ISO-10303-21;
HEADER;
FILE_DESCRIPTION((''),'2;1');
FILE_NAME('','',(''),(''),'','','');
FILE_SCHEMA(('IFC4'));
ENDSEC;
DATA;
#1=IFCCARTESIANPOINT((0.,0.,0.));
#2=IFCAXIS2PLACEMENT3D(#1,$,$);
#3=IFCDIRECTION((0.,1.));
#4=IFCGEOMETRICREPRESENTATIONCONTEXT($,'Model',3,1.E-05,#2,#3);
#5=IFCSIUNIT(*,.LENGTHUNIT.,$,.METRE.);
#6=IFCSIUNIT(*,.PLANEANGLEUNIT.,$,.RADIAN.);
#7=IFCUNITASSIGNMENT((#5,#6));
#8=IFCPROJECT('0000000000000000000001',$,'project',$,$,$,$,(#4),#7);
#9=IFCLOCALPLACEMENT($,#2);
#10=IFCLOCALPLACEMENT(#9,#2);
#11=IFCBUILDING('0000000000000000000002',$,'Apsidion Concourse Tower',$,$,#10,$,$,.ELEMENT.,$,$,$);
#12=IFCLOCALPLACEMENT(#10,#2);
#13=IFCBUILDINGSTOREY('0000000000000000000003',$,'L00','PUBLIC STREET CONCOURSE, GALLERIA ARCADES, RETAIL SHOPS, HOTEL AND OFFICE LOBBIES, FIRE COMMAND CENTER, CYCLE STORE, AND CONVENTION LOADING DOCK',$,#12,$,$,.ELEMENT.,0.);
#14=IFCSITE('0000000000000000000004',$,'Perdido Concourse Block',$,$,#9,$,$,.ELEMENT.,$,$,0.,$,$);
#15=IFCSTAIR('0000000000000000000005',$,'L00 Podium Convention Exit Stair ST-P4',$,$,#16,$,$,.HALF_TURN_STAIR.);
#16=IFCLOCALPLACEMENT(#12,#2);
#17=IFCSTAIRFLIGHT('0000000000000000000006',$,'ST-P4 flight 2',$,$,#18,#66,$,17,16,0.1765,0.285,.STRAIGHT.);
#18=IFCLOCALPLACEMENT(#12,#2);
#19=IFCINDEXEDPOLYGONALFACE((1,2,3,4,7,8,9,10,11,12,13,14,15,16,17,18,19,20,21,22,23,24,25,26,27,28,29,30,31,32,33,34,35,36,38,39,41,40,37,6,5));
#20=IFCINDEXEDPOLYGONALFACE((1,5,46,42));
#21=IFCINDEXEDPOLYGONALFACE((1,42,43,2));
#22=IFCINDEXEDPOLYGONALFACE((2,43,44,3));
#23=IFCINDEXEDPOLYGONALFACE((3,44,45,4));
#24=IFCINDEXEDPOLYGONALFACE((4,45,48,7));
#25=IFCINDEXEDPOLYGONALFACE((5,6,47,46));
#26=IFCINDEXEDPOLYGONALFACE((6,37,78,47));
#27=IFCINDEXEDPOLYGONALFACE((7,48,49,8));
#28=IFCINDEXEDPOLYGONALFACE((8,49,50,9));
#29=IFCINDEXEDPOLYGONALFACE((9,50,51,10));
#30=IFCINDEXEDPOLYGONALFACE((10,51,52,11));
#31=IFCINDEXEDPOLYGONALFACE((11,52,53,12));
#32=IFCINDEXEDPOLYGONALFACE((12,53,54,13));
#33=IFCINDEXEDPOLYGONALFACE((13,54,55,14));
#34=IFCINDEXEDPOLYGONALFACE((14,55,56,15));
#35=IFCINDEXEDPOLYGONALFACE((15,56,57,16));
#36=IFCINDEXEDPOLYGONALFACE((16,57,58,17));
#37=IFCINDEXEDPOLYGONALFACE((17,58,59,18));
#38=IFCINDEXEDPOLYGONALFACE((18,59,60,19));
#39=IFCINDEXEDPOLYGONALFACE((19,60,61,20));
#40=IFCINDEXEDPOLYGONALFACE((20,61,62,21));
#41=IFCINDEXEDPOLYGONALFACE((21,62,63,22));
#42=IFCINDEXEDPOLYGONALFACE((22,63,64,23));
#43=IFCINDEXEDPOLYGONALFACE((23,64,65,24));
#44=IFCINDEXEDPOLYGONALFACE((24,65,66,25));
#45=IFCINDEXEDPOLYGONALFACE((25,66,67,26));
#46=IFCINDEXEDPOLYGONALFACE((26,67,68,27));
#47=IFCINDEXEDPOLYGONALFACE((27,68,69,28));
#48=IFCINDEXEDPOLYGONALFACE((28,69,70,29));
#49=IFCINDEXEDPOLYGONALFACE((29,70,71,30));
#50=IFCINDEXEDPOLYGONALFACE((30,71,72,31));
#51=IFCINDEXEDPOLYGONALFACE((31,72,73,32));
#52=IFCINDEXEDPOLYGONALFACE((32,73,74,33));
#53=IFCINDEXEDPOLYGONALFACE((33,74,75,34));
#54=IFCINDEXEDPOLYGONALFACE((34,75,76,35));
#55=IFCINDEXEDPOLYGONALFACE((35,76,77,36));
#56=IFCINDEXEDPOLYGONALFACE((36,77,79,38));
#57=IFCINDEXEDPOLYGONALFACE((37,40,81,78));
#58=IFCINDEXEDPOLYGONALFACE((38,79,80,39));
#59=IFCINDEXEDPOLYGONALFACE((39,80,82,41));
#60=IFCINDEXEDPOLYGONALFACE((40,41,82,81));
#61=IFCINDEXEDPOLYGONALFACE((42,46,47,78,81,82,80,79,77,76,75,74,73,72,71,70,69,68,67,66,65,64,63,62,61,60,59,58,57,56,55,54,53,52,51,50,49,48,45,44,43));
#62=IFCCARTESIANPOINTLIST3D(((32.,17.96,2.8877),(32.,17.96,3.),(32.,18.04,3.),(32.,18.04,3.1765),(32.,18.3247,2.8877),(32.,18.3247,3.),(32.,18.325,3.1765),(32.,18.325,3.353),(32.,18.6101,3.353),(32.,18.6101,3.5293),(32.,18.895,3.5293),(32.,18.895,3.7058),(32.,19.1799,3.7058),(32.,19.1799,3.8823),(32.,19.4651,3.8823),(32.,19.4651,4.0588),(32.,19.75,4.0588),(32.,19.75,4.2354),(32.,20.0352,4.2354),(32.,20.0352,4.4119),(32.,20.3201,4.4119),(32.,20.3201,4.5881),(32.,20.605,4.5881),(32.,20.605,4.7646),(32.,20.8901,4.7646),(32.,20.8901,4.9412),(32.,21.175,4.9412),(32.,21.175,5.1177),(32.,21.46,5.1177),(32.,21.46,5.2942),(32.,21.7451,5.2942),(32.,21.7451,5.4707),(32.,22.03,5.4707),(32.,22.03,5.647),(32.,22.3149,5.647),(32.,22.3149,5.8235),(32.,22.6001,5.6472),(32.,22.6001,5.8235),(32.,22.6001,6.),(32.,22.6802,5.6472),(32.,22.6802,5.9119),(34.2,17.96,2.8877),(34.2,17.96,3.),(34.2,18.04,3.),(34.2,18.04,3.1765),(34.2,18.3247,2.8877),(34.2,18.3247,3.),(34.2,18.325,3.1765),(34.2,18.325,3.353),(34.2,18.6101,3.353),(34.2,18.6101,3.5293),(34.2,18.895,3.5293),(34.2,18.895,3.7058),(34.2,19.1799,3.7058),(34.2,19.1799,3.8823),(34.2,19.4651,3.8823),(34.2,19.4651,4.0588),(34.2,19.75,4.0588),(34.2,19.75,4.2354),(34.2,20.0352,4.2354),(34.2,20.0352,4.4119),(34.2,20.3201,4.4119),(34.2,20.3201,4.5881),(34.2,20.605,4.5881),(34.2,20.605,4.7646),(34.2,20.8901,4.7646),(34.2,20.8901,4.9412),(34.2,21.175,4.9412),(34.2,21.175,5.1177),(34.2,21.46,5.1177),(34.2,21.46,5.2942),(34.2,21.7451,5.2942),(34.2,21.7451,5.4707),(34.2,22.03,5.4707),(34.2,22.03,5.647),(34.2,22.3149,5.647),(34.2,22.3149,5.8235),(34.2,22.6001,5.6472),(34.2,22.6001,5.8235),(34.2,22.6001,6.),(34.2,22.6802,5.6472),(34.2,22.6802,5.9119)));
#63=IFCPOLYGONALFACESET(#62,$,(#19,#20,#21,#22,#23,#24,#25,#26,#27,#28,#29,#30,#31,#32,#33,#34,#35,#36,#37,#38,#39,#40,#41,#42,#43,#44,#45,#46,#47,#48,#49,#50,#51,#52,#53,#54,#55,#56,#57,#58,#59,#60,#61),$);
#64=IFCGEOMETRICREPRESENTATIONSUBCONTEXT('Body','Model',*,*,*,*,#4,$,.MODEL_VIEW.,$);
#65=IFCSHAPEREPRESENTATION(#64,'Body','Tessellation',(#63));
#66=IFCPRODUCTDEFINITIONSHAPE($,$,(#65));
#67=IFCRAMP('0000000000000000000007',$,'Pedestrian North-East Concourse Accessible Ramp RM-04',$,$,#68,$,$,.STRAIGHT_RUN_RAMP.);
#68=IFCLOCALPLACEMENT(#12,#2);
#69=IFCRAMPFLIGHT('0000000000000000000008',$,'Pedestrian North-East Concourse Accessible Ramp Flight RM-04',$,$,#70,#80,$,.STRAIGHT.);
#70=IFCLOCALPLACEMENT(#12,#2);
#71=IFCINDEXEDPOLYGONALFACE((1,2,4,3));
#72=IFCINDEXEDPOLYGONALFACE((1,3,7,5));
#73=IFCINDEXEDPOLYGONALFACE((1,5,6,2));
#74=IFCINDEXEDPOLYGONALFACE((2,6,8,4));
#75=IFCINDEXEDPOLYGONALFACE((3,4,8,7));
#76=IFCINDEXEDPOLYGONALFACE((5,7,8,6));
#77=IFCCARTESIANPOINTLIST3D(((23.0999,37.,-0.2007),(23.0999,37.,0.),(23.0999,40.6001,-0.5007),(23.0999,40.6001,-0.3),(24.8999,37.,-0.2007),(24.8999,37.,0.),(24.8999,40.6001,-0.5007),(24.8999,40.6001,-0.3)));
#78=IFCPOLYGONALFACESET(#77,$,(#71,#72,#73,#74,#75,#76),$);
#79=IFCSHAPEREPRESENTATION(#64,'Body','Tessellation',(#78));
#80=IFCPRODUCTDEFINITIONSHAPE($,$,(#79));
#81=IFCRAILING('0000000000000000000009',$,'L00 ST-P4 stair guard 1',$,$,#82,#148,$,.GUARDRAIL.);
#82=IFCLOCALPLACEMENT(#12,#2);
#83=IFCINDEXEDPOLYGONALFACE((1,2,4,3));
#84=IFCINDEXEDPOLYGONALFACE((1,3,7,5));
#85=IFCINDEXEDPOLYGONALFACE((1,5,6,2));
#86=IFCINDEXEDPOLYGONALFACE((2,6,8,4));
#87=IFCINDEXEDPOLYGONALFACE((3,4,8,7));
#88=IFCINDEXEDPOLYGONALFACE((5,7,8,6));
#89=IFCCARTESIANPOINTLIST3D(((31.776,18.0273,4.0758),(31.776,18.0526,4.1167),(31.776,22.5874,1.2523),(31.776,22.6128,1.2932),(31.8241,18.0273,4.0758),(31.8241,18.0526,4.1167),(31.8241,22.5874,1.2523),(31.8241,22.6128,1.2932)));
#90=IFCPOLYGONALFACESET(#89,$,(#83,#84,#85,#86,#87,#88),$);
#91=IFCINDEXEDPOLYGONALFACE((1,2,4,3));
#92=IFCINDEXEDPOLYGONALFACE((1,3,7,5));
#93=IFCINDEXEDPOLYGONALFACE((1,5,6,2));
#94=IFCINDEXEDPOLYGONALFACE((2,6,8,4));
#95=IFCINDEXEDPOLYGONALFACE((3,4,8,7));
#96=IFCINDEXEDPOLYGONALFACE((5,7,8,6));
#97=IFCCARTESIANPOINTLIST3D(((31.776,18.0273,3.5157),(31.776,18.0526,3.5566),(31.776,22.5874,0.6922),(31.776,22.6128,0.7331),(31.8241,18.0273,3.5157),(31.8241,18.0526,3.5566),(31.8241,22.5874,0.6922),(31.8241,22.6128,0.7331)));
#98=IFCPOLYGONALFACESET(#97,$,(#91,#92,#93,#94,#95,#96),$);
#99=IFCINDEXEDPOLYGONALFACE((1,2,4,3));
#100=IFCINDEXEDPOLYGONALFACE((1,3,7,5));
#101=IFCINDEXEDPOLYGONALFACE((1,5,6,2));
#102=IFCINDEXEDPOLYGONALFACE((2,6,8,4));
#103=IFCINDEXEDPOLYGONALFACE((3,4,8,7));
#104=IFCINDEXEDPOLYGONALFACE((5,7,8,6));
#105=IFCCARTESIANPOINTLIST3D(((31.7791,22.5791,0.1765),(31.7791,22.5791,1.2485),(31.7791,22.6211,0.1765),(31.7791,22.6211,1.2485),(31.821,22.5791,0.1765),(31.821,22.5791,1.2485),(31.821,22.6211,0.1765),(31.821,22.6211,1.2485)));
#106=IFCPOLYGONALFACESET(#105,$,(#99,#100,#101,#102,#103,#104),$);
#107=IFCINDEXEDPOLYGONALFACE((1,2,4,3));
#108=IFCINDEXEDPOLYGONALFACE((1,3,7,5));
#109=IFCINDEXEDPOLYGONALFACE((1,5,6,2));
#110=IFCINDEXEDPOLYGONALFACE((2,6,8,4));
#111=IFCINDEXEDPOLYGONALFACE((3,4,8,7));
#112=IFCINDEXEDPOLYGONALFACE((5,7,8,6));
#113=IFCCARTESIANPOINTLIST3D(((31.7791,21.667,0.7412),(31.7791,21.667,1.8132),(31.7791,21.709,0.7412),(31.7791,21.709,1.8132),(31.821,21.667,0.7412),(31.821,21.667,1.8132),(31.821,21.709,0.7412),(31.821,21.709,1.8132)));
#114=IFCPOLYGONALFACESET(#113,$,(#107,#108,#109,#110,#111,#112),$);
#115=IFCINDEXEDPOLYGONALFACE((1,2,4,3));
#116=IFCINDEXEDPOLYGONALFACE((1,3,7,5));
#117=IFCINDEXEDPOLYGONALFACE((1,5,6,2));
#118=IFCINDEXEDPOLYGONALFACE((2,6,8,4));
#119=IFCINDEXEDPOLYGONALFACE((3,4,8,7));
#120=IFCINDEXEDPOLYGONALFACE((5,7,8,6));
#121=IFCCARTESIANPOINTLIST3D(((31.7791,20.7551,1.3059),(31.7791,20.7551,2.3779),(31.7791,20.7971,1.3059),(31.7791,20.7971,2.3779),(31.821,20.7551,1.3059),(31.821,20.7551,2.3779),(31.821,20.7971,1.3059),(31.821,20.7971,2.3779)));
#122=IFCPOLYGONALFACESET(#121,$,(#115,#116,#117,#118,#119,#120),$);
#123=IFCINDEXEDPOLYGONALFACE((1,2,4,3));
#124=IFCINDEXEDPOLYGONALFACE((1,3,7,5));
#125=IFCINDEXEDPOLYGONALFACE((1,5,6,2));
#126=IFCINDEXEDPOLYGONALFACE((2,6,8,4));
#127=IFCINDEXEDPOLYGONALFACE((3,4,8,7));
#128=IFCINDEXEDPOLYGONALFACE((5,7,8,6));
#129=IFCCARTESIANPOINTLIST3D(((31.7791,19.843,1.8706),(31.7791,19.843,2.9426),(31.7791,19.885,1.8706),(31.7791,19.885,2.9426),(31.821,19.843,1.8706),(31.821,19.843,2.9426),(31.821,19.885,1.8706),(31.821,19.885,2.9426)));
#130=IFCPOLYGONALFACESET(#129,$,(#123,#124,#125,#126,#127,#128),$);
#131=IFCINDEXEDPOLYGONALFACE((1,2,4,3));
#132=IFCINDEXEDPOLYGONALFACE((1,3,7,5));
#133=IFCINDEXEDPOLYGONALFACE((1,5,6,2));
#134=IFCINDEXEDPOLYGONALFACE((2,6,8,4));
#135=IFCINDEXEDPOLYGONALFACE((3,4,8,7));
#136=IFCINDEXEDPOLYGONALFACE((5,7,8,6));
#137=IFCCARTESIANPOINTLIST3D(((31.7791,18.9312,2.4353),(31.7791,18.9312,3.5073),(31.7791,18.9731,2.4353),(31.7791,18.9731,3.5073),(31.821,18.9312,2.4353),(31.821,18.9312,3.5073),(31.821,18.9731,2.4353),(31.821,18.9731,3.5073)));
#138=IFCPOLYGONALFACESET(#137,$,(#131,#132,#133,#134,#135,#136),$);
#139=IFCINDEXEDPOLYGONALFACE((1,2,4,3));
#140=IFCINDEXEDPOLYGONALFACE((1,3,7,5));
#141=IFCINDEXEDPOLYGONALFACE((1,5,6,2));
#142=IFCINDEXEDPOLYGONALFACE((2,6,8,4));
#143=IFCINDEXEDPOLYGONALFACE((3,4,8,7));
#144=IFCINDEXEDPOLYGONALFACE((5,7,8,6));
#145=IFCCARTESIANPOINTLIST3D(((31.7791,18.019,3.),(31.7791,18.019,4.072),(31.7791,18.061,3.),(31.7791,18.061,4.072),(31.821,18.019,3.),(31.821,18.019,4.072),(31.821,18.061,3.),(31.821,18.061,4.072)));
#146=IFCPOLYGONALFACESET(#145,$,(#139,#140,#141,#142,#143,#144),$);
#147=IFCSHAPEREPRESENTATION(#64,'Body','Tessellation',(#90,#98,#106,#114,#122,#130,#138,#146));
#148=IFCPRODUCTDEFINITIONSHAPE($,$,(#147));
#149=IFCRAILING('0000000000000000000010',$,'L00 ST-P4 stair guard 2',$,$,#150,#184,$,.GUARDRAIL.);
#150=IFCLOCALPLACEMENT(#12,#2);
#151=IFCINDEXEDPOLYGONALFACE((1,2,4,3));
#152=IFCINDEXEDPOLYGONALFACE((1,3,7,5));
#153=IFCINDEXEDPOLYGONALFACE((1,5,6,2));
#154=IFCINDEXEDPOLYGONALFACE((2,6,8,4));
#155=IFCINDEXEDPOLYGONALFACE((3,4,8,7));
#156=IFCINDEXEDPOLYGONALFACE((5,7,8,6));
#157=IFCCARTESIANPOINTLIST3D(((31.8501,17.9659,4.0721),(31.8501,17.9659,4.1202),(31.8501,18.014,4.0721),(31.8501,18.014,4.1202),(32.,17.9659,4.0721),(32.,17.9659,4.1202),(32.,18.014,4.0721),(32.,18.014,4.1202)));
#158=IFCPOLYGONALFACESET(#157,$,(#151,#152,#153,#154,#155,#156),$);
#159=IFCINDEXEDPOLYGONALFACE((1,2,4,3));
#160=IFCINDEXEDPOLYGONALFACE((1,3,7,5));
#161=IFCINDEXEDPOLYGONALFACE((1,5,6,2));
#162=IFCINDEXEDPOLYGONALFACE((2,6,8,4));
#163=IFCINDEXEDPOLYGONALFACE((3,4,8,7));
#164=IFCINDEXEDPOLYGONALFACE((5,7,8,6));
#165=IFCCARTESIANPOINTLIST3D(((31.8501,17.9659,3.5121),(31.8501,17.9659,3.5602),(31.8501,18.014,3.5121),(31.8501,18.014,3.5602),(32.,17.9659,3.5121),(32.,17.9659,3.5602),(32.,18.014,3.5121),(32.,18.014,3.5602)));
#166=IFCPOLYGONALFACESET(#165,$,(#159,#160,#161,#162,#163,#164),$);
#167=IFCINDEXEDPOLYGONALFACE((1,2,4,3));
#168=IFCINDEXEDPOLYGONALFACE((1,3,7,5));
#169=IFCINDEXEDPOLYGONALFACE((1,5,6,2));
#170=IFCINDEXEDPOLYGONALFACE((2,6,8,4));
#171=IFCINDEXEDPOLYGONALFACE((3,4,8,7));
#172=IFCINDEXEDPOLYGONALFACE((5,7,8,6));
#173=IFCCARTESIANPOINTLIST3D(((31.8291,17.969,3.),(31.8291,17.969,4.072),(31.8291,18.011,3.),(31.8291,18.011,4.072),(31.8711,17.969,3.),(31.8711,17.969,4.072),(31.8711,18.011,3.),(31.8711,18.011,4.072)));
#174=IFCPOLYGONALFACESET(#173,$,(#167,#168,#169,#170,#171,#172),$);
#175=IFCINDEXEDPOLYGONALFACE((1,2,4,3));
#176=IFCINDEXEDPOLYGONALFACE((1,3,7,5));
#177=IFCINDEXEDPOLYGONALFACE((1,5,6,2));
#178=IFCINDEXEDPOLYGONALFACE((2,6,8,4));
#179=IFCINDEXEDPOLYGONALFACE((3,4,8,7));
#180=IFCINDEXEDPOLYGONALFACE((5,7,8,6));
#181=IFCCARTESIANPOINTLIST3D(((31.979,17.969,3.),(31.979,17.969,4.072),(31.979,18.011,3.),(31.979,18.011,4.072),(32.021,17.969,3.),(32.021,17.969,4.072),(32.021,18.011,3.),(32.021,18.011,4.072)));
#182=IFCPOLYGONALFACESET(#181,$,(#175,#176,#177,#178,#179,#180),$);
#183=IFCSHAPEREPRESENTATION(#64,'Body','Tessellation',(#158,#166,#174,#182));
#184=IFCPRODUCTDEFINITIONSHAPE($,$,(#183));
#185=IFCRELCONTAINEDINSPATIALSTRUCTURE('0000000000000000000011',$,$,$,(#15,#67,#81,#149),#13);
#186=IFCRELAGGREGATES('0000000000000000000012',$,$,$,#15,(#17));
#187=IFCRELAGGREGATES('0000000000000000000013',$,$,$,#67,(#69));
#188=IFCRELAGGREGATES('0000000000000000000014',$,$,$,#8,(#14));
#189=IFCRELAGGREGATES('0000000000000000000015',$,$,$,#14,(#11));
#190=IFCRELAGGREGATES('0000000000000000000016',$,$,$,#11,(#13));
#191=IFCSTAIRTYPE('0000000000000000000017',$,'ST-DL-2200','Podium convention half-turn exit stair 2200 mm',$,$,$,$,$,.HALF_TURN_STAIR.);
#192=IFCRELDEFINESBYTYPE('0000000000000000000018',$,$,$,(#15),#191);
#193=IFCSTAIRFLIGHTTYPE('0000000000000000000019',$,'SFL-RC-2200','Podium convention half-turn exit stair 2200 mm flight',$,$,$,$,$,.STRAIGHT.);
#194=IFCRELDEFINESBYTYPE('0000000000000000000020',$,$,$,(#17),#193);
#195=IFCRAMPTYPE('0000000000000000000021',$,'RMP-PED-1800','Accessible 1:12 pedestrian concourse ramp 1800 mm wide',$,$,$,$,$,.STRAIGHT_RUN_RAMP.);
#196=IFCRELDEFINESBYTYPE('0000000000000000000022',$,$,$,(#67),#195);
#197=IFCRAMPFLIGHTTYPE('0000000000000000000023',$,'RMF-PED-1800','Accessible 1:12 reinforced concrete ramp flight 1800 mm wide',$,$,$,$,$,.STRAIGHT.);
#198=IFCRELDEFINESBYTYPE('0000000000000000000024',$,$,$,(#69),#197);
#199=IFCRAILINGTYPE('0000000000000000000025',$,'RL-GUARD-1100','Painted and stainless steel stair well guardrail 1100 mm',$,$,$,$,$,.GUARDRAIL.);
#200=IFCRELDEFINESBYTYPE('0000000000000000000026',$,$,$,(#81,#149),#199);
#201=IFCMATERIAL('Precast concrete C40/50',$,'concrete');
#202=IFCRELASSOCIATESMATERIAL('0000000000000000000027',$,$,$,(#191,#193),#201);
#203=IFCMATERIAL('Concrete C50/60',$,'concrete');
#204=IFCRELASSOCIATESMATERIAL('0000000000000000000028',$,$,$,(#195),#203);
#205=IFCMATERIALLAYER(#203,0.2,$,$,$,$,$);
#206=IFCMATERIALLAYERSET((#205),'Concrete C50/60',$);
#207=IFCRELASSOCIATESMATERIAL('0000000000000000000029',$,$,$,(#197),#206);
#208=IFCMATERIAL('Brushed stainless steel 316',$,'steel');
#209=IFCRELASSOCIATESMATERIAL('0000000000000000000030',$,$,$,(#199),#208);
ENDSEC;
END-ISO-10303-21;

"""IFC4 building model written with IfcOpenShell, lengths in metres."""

from ifc_helpers import new_model, si_unit, direction, frame, origin, origin_2d, place, context, subcontext, project, spatial, polyline, rectangle, outline, extrude, material, layer, layer_set, type_object, element, aggregate, save


model = new_model("IFC4")

# Units and contexts
model_context = context("Model", 3, precision=1e-05, world=origin(), true_north=direction((0.0, 1.0)))
body_context = subcontext(model_context, "Body", "Model", "MODEL_VIEW")
ifc_project = project(units=[si_unit("LENGTHUNIT", "METRE"), si_unit("PLANEANGLEUNIT", "RADIAN")], contexts=[model_context])

# Site, building, storey
site_placement = place(None, origin())
site = spatial("IfcSite", under=ifc_project, at=site_placement, Name="Perdido Concourse Block", CompositionType="ELEMENT", RefElevation=0.0)
building_placement = place(site_placement, origin())
building = spatial("IfcBuilding", under=site, at=building_placement, Name="Apsidion Concourse Tower", CompositionType="ELEMENT")
storey_placement = place(building_placement, origin())
storey = spatial("IfcBuildingStorey", under=building, at=storey_placement, Name="L00", Description="PUBLIC STREET CONCOURSE, GALLERIA ARCADES, RETAIL SHOPS, HOTEL AND OFFICE LOBBIES, FIRE COMMAND CENTER, CYCLE STORE, AND CONVENTION LOADING DOCK", CompositionType="ELEMENT", Elevation=0.0)

# Shared definitions
ifc_material_1 = material(Name="Precast concrete C40/50", Category="concrete")
ifc_material_2 = material(Name="Brushed stainless steel 316", Category="steel")

# Shared definitions
ifc_material_3 = material(Name="Concrete C50/60", Category="concrete")

# Stair, stair flight
stair_type = type_object("IfcStairType", Name="ST-DL-2200", Description="Podium convention half-turn exit stair 2200 mm", PredefinedType="HALF_TURN_STAIR", material=ifc_material_1)
stair_placement = place(storey_placement, origin())
stair = element("IfcStair", 1, at=stair_placement, inside=storey, type_object=stair_type, Name="L00 Podium Convention Exit Stair ST-P4", PredefinedType="HALF_TURN_STAIR")
stair_flight_type = type_object("IfcStairFlightType", Name="SFL-RC-2200", Description="Podium convention half-turn exit stair 2200 mm flight", PredefinedType="STRAIGHT", material=ifc_material_1)
stair_flight_1_placement = place(storey_placement, frame((33.1001, 18.04, 3.0), z_axis=(0.0, 0.0, 1.0), x_axis=(0.0, 1.0, 0.0)))
stair_flight_1 = element("IfcStairFlight", 2, at=stair_flight_1_placement, type_object=stair_flight_type, Name="ST-P4 flight 2", NumberOfRisers=17, NumberOfTreads=16, PredefinedType="STRAIGHT", RiserHeight=0.1765, TreadLength=0.285, context=body_context, shape_type="SweptSolid", body=[
    extrude(outline(polyline([(-0.0801, -0.1123), (-0.0801, 0.0), (0.0, 0.0), (0.0, 0.1765), (0.2849, 0.1765), (0.2849, 0.353), (0.5701, 0.353), (0.5701, 0.5293), (0.855, 0.5293), (0.855, 0.7058), (1.1399, 0.7058), (1.1399, 0.8823), (1.425, 0.8823), (1.425, 1.0588), (1.71, 1.0588), (1.71, 1.2354), (1.9951, 1.2354), (1.9951, 1.4119), (2.28, 1.4119), (2.28, 1.5881), (2.5649, 1.5881), (2.5649, 1.7646), (2.8501, 1.7646), (2.8501, 1.9412), (3.135, 1.9412), (3.135, 2.1177), (3.4199, 2.1177), (3.4199, 2.2942), (3.7051, 2.2942), (3.7051, 2.4707), (3.99, 2.4707), (3.99, 2.647), (4.2749, 2.647), (4.2749, 2.8235), (4.5601, 2.8235), (4.5601, 3.0), (4.6401, 2.9119), (4.6401, 2.6472), (4.5601, 2.6472), (0.2847, 0.0), (0.2847, -0.1123), (-0.0801, -0.1123)])), frame((0.0, 1.1001, 0.0), z_axis=(0.0, -1.0, 0.0), x_axis=(1.0, 0.0, 0.0)), (0.0, 0.0, 1.0), 2.2),
])
aggregate(stair, [stair_flight_1])

# Ramp, ramp flight
ramp_type = type_object("IfcRampType", Name="RMP-PED-1800", Description="Accessible 1:12 pedestrian concourse ramp 1800 mm wide", PredefinedType="STRAIGHT_RUN_RAMP", material=ifc_material_3)
ramp_placement = place(storey_placement, origin())
ramp = element("IfcRamp", 3, at=ramp_placement, inside=storey, type_object=ramp_type, Name="Pedestrian North-East Concourse Accessible Ramp RM-04", PredefinedType="STRAIGHT_RUN_RAMP")
ifc_layer_1 = layer(ifc_material_3, 0.2)
ifc_layer_set_1 = layer_set([ifc_layer_1], Name="Concrete C50/60")
ramp_flight_type = type_object("IfcRampFlightType", Name="RMF-PED-1800", Description="Accessible 1:12 reinforced concrete ramp flight 1800 mm wide", PredefinedType="STRAIGHT", material=ifc_layer_set_1)
ramp_flight_placement = place(storey_placement, frame((24.0, 40.6001, -0.3), z_axis=(0.0, 0.0, 1.0), x_axis=(0.0, -1.0, 0.0)))
ramp_flight = element("IfcRampFlight", 4, at=ramp_flight_placement, type_object=ramp_flight_type, Name="Pedestrian North-East Concourse Accessible Ramp Flight RM-04", PredefinedType="STRAIGHT", context=body_context, shape_type="SweptSolid", body=[
    extrude(outline(polyline([(0.0, 0.0), (3.6001, 0.3), (3.6001, 0.0994), (0.0, -0.2007), (0.0, 0.0)])), frame((0.0, 0.8999, 0.0), z_axis=(0.0, -1.0, 0.0), x_axis=(1.0, 0.0, 0.0)), (0.0, 0.0, 1.0), 1.8),
])
aggregate(ramp, [ramp_flight])

# Railings
railing_type_1 = type_object("IfcRailingType", Name="RL-GUARD-1100", Description="Painted and stainless steel stair well guardrail 1100 mm", PredefinedType="GUARDRAIL", material=ifc_material_2)
railing_1_placement = place(storey_placement, frame((31.8, 22.6001, 0.1765)))
element("IfcRailing", 5, at=railing_1_placement, inside=storey, type_object=railing_type_1, Name="L00 ST-P4 stair guard 1", PredefinedType="GUARDRAIL", context=body_context, shape_type="SweptSolid", body=[
    extrude(rectangle(XDim=0.0481, YDim=0.0481, at=origin_2d()), frame((0.0, 0.0, 1.0962), z_axis=(0.0, -0.850216, 0.526435), x_axis=(1.0, 0.0, 0.0)), (0.0, 0.0, 1.0), 5.3635),
    extrude(rectangle(XDim=0.0481, YDim=0.0481, at=origin_2d()), frame((0.0, 0.0, 0.5361), z_axis=(0.0, -0.850216, 0.526435), x_axis=(1.0, 0.0, 0.0)), (0.0, 0.0, 1.0), 5.3635),
    extrude(rectangle(XDim=0.042, YDim=0.042, at=origin_2d()), origin(), (0.0, 0.0, 1.0), 1.072),
    extrude(rectangle(XDim=0.042, YDim=0.042, at=origin_2d()), frame((0.0, -0.9121, 0.5647)), (0.0, 0.0, 1.0), 1.072),
    extrude(rectangle(XDim=0.042, YDim=0.042, at=origin_2d()), frame((0.0, -1.824, 1.1294)), (0.0, 0.0, 1.0), 1.072),
    extrude(rectangle(XDim=0.042, YDim=0.042, at=origin_2d()), frame((0.0, -2.7361, 1.6941)), (0.0, 0.0, 1.0), 1.072),
    extrude(rectangle(XDim=0.042, YDim=0.042, at=origin_2d()), frame((0.0, -3.6479, 2.2588)), (0.0, 0.0, 1.0), 1.072),
    extrude(rectangle(XDim=0.042, YDim=0.042, at=origin_2d()), frame((0.0, -4.5601, 2.8235)), (0.0, 0.0, 1.0), 1.072),
])
railing_2_placement = place(storey_placement, frame((31.8501, 17.99, 3.0)))
element("IfcRailing", 6, at=railing_2_placement, inside=storey, type_object=railing_type_1, Name="L00 ST-P4 stair guard 2", PredefinedType="GUARDRAIL", context=body_context, shape_type="SweptSolid", body=[
    extrude(rectangle(XDim=0.0481, YDim=0.0481, at=origin_2d()), frame((0.0, 0.0, 1.0962), z_axis=(1.0, 0.0, 0.0), x_axis=(0.0, 1.0, 0.0)), (0.0, 0.0, 1.0), 0.1499),
    extrude(rectangle(XDim=0.0481, YDim=0.0481, at=origin_2d()), frame((0.0, 0.0, 0.5361), z_axis=(1.0, 0.0, 0.0), x_axis=(0.0, 1.0, 0.0)), (0.0, 0.0, 1.0), 0.1499),
    extrude(rectangle(XDim=0.042, YDim=0.042, at=origin_2d()), origin(), (0.0, 0.0, 1.0), 1.072),
    extrude(rectangle(XDim=0.042, YDim=0.042, at=origin_2d()), frame((0.1499, 0.0, 0.0)), (0.0, 0.0, 1.0), 1.072),
])

save(model, "model.ifc")
